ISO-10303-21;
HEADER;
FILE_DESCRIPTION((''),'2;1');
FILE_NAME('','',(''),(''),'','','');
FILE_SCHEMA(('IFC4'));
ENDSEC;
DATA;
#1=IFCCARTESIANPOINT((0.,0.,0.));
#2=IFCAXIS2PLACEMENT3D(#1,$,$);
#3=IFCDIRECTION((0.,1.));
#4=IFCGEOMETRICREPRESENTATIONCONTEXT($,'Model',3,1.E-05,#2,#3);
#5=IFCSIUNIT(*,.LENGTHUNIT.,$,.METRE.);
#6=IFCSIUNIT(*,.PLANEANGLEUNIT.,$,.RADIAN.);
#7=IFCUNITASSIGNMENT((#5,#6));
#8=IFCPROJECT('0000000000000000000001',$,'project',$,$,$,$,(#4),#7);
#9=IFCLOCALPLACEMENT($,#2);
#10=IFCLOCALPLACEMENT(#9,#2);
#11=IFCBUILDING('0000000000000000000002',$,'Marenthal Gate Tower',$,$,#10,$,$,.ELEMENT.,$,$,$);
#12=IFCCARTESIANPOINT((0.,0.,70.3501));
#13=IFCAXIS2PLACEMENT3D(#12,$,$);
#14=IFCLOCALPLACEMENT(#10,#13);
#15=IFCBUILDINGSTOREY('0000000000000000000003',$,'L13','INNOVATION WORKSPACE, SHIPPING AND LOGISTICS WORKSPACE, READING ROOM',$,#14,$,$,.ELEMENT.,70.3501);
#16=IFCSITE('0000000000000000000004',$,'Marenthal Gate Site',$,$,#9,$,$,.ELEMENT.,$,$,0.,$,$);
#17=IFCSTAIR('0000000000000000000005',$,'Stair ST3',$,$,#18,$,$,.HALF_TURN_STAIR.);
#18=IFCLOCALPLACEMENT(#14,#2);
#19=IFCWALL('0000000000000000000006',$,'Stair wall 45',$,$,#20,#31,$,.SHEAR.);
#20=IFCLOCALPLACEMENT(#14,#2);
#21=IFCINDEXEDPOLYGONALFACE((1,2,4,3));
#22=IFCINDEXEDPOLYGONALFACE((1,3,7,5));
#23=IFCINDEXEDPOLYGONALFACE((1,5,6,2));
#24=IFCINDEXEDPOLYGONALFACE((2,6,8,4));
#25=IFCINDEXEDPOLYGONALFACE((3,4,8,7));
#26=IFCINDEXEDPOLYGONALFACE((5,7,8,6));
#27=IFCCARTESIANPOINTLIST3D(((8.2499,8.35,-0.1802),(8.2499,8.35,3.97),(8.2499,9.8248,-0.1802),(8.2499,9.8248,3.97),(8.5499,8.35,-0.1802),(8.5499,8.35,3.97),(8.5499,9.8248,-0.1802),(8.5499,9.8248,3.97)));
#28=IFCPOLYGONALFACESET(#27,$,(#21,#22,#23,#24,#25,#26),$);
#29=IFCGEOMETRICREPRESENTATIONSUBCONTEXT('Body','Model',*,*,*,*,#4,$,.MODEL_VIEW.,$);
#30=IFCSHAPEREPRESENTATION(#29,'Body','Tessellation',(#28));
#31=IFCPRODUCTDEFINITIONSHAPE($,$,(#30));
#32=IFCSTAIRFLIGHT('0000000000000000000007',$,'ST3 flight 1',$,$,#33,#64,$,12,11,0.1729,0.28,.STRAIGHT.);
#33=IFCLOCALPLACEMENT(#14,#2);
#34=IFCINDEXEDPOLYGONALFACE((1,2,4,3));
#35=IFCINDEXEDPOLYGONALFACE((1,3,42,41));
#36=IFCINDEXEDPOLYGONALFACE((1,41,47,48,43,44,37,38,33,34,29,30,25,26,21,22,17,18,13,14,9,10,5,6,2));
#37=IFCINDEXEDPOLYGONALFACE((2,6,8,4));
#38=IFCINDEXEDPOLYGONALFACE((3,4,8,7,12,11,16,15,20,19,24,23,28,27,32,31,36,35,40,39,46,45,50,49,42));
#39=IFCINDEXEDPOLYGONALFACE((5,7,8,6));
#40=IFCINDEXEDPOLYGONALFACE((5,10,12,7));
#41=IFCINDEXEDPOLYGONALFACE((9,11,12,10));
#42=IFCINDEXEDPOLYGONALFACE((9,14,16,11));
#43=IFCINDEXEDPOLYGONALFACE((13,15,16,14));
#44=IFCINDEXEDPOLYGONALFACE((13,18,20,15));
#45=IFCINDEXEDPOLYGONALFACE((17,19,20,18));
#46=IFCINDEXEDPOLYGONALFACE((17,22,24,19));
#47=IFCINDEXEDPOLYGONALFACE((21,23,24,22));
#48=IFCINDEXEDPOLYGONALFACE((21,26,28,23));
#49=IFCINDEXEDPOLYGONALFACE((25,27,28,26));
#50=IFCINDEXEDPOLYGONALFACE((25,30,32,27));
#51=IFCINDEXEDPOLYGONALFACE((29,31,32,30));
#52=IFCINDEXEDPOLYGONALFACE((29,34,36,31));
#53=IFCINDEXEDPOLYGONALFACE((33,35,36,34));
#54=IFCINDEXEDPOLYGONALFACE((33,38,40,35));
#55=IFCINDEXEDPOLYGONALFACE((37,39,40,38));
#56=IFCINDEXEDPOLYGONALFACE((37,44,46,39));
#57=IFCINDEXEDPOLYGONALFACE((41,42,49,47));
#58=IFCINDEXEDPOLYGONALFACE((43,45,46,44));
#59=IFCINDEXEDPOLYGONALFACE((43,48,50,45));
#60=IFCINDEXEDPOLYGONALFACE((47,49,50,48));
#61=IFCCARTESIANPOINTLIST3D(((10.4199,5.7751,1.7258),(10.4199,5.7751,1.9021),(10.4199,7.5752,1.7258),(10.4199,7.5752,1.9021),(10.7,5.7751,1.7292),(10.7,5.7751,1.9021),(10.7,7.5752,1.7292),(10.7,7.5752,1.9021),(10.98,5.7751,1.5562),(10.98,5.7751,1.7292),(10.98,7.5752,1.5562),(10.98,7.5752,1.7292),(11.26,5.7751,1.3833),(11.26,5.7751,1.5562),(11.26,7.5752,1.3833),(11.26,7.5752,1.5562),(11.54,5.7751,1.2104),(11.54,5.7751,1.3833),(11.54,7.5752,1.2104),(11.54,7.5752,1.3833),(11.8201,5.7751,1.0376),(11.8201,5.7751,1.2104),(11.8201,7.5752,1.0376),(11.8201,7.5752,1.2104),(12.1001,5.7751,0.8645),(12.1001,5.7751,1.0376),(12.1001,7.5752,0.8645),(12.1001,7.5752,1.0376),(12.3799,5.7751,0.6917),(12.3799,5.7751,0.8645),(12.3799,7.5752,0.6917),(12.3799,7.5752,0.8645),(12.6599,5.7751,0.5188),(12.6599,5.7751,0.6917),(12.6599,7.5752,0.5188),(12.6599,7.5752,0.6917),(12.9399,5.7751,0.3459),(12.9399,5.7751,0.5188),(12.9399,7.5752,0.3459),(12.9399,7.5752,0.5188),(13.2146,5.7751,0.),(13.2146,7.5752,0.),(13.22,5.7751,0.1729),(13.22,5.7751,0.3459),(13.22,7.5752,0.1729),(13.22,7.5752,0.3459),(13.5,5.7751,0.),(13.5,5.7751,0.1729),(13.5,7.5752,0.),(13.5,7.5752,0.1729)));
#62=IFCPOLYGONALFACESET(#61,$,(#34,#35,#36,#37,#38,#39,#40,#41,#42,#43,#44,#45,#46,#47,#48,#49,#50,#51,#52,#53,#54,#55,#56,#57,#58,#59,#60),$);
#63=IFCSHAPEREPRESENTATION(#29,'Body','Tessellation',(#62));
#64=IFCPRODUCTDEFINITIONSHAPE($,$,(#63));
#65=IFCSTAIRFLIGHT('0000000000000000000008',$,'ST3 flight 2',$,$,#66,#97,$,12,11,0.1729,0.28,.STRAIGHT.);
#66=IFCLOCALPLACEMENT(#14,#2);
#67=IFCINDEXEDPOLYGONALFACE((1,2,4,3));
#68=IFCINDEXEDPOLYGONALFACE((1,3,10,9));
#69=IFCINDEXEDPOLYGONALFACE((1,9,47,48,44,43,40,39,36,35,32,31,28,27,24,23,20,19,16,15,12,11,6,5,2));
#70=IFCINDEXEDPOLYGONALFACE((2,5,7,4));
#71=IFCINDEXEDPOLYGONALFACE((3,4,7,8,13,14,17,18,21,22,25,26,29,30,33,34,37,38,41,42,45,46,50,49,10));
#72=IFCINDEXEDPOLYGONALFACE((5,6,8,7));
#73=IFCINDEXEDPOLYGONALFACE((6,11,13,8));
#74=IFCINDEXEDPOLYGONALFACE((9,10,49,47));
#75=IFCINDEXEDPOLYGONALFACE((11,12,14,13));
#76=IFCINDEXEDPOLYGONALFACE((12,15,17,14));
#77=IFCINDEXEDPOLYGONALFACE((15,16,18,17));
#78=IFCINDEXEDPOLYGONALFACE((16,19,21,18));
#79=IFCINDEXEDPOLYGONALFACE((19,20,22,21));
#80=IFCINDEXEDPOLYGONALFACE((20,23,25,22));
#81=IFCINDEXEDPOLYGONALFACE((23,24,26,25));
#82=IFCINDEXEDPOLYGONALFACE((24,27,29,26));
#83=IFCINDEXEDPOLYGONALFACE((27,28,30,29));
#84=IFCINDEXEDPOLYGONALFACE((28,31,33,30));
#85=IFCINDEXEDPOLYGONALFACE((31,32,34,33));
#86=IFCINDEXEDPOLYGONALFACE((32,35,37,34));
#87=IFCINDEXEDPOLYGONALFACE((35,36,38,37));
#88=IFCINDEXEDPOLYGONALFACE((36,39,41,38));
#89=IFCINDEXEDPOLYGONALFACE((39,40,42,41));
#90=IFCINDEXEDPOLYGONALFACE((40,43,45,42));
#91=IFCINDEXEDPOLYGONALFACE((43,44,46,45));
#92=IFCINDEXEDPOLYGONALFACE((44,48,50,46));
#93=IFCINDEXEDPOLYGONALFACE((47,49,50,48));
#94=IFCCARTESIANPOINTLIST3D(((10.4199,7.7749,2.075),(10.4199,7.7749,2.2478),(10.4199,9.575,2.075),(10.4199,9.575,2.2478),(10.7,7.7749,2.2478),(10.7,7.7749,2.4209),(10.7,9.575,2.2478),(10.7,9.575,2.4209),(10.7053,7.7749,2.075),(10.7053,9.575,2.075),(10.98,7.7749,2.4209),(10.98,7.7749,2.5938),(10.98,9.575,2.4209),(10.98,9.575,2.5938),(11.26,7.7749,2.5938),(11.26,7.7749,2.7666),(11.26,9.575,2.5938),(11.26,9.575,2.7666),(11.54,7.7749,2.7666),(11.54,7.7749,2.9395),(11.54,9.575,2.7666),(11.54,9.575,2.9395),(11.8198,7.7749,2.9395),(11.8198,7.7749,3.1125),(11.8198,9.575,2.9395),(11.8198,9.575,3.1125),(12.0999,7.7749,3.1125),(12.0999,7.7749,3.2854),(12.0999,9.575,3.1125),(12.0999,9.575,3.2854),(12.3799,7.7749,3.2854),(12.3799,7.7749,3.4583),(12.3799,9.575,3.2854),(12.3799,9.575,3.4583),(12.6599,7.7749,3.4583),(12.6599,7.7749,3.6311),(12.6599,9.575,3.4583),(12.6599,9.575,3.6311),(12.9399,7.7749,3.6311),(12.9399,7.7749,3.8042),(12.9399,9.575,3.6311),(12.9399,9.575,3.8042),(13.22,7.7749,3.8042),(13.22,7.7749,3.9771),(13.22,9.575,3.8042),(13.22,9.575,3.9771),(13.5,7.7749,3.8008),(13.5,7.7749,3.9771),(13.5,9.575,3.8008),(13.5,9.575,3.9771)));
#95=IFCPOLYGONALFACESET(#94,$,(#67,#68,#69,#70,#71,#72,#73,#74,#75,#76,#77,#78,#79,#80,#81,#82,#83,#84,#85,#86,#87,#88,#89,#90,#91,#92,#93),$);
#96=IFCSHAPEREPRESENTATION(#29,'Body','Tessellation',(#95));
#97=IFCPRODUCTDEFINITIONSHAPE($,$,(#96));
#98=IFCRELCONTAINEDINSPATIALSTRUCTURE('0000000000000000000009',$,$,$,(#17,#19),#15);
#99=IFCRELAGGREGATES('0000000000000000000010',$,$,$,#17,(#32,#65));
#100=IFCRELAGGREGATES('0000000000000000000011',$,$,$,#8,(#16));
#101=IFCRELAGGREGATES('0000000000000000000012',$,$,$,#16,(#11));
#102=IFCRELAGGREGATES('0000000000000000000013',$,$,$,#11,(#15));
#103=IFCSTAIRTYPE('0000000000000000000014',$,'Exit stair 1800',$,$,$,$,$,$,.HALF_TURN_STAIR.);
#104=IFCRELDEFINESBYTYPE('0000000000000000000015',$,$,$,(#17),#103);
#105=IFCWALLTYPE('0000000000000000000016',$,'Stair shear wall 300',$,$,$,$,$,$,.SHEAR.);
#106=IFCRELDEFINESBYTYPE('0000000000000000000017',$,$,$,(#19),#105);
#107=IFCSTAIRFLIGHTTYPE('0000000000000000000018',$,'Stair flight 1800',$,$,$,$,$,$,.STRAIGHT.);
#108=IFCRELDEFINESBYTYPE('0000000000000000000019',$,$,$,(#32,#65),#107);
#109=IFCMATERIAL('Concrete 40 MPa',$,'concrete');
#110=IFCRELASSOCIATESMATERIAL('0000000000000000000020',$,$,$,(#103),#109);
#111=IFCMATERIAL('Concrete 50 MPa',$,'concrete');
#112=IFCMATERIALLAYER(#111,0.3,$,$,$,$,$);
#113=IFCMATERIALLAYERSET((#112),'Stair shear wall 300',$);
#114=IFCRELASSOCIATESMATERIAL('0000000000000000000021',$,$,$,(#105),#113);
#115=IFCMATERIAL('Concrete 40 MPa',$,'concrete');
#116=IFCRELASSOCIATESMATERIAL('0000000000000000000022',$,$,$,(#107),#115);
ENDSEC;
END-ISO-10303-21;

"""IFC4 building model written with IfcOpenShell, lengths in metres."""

from ifc_helpers import new_model, si_unit, direction, frame, frame_2d, origin, place, context, subcontext, project, spatial, polyline, rectangle, outline, extrude, material, layer, layer_set, type_object, element, aggregate, save


model = new_model("IFC4")

# Units and contexts
model_context = context("Model", 3, precision=1e-05, world=origin(), true_north=direction((0.0, 1.0)))
body_context = subcontext(model_context, "Body", "Model", "MODEL_VIEW")
ifc_project = project(units=[si_unit("LENGTHUNIT", "METRE"), si_unit("PLANEANGLEUNIT", "RADIAN")], contexts=[model_context])

# Site, building, storey
site_placement = place(None, origin())
site = spatial("IfcSite", under=ifc_project, at=site_placement, Name="Marenthal Gate Site", CompositionType="ELEMENT", RefElevation=0.0)
building_placement = place(site_placement, origin())
building = spatial("IfcBuilding", under=site, at=building_placement, Name="Marenthal Gate Tower", CompositionType="ELEMENT")
storey_placement = place(building_placement, frame((0.0, 0.0, 70.3501)))
storey = spatial("IfcBuildingStorey", under=building, at=storey_placement, Name="L13", Description="INNOVATION WORKSPACE, SHIPPING AND LOGISTICS WORKSPACE, READING ROOM", CompositionType="ELEMENT", Elevation=70.3501)

# Stair
ifc_material_1 = material(Name="Concrete 40 MPa", Category="concrete")
stair_type = type_object("IfcStairType", Name="Exit stair 1800", PredefinedType="HALF_TURN_STAIR", material=ifc_material_1)
stair_1_placement = place(storey_placement, origin())
stair_1 = element("IfcStair", 1, at=stair_1_placement, inside=storey, type_object=stair_type, Name="Stair ST3", PredefinedType="HALF_TURN_STAIR")

# Wall
ifc_material_2 = material(Name="Concrete 50 MPa", Category="concrete")
ifc_layer_1 = layer(ifc_material_2, 0.3)
ifc_layer_set_1 = layer_set([ifc_layer_1], Name="Stair shear wall 300")
wall_type_1 = type_object("IfcWallType", Name="Stair shear wall 300", PredefinedType="SHEAR", material=ifc_layer_set_1)
wall_1_placement = place(storey_placement, frame((8.3999, 8.3501, -0.1802), z_axis=(0.0, 0.0, 1.0), x_axis=(0.0, 1.0, 0.0)))
element("IfcWall", 2, at=wall_1_placement, inside=storey, type_object=wall_type_1, Name="Stair wall 45", PredefinedType="SHEAR", context=body_context, shape_type="SweptSolid", body=[
    extrude(rectangle(XDim=1.4749, YDim=0.3, at=frame_2d((0.7373, 0.0))), origin(), (0.0, 0.0, 1.0), 4.1501),
])

# Stair flights
ifc_material_3 = material(Name="Concrete 40 MPa", Category="concrete")
stair_flight_type = type_object("IfcStairFlightType", Name="Stair flight 1800", PredefinedType="STRAIGHT", material=ifc_material_3)
stair_flight_1_placement = place(storey_placement, frame((13.5, 6.675, 0.0), z_axis=(0.0, 0.0, 1.0), x_axis=(-1.0, 0.0, 0.0)))
stair_flight_1 = element("IfcStairFlight", 3, at=stair_flight_1_placement, type_object=stair_flight_type, Name="ST3 flight 1", NumberOfRisers=12, NumberOfTreads=11, PredefinedType="STRAIGHT", RiserHeight=0.1729, TreadLength=0.28, context=body_context, shape_type="SweptSolid", body=[
    extrude(outline(polyline([(0.0, 0.0), (0.0, 0.1729), (0.28, 0.1729), (0.28, 0.3459), (0.5601, 0.3459), (0.5601, 0.5188), (0.8401, 0.5188), (0.8401, 0.6917), (1.1201, 0.6917), (1.1201, 0.8645), (1.3999, 0.8645), (1.3999, 1.0376), (1.6799, 1.0376), (1.6799, 1.2104), (1.96, 1.2104), (1.96, 1.3833), (2.24, 1.3833), (2.24, 1.5562), (2.52, 1.5562), (2.52, 1.7292), (2.8, 1.7292), (2.8, 1.9021), (3.0801, 1.9021), (3.0801, 2.075), (3.0801, 1.7258), (0.2854, 0.0), (0.0, 0.0)])), frame((0.0, 0.8999, 0.0), z_axis=(0.0, -1.0, 0.0), x_axis=(1.0, 0.0, 0.0)), (0.0, 0.0, 1.0), 1.8),
])
stair_flight_2_placement = place(storey_placement, frame((10.4199, 8.675, 2.075), z_axis=(0.0, 0.0, 1.0), x_axis=(1.0, 0.0, 0.0)))
stair_flight_2 = element("IfcStairFlight", 4, at=stair_flight_2_placement, type_object=stair_flight_type, Name="ST3 flight 2", NumberOfRisers=12, NumberOfTreads=11, PredefinedType="STRAIGHT", RiserHeight=0.1729, TreadLength=0.28, context=body_context, shape_type="SweptSolid", body=[
    extrude(outline(polyline([(0.0, 0.0), (0.0, 0.1729), (0.28, 0.1729), (0.28, 0.3459), (0.5601, 0.3459), (0.5601, 0.5188), (0.8401, 0.5188), (0.8401, 0.6917), (1.1201, 0.6917), (1.1201, 0.8645), (1.3999, 0.8645), (1.3999, 1.0376), (1.6799, 1.0376), (1.6799, 1.2104), (1.96, 1.2104), (1.96, 1.3833), (2.24, 1.3833), (2.24, 1.5562), (2.52, 1.5562), (2.52, 1.7292), (2.8, 1.7292), (2.8, 1.9021), (3.0801, 1.9021), (3.0801, 2.075), (3.0801, 1.7258), (0.2854, 0.0), (0.0, 0.0)])), frame((0.0, 0.8999, 0.0), z_axis=(0.0, -1.0, 0.0), x_axis=(1.0, 0.0, 0.0)), (0.0, 0.0, 1.0), 1.8),
])
aggregate(stair_1, [stair_flight_1, stair_flight_2])

save(model, "model.ifc")
